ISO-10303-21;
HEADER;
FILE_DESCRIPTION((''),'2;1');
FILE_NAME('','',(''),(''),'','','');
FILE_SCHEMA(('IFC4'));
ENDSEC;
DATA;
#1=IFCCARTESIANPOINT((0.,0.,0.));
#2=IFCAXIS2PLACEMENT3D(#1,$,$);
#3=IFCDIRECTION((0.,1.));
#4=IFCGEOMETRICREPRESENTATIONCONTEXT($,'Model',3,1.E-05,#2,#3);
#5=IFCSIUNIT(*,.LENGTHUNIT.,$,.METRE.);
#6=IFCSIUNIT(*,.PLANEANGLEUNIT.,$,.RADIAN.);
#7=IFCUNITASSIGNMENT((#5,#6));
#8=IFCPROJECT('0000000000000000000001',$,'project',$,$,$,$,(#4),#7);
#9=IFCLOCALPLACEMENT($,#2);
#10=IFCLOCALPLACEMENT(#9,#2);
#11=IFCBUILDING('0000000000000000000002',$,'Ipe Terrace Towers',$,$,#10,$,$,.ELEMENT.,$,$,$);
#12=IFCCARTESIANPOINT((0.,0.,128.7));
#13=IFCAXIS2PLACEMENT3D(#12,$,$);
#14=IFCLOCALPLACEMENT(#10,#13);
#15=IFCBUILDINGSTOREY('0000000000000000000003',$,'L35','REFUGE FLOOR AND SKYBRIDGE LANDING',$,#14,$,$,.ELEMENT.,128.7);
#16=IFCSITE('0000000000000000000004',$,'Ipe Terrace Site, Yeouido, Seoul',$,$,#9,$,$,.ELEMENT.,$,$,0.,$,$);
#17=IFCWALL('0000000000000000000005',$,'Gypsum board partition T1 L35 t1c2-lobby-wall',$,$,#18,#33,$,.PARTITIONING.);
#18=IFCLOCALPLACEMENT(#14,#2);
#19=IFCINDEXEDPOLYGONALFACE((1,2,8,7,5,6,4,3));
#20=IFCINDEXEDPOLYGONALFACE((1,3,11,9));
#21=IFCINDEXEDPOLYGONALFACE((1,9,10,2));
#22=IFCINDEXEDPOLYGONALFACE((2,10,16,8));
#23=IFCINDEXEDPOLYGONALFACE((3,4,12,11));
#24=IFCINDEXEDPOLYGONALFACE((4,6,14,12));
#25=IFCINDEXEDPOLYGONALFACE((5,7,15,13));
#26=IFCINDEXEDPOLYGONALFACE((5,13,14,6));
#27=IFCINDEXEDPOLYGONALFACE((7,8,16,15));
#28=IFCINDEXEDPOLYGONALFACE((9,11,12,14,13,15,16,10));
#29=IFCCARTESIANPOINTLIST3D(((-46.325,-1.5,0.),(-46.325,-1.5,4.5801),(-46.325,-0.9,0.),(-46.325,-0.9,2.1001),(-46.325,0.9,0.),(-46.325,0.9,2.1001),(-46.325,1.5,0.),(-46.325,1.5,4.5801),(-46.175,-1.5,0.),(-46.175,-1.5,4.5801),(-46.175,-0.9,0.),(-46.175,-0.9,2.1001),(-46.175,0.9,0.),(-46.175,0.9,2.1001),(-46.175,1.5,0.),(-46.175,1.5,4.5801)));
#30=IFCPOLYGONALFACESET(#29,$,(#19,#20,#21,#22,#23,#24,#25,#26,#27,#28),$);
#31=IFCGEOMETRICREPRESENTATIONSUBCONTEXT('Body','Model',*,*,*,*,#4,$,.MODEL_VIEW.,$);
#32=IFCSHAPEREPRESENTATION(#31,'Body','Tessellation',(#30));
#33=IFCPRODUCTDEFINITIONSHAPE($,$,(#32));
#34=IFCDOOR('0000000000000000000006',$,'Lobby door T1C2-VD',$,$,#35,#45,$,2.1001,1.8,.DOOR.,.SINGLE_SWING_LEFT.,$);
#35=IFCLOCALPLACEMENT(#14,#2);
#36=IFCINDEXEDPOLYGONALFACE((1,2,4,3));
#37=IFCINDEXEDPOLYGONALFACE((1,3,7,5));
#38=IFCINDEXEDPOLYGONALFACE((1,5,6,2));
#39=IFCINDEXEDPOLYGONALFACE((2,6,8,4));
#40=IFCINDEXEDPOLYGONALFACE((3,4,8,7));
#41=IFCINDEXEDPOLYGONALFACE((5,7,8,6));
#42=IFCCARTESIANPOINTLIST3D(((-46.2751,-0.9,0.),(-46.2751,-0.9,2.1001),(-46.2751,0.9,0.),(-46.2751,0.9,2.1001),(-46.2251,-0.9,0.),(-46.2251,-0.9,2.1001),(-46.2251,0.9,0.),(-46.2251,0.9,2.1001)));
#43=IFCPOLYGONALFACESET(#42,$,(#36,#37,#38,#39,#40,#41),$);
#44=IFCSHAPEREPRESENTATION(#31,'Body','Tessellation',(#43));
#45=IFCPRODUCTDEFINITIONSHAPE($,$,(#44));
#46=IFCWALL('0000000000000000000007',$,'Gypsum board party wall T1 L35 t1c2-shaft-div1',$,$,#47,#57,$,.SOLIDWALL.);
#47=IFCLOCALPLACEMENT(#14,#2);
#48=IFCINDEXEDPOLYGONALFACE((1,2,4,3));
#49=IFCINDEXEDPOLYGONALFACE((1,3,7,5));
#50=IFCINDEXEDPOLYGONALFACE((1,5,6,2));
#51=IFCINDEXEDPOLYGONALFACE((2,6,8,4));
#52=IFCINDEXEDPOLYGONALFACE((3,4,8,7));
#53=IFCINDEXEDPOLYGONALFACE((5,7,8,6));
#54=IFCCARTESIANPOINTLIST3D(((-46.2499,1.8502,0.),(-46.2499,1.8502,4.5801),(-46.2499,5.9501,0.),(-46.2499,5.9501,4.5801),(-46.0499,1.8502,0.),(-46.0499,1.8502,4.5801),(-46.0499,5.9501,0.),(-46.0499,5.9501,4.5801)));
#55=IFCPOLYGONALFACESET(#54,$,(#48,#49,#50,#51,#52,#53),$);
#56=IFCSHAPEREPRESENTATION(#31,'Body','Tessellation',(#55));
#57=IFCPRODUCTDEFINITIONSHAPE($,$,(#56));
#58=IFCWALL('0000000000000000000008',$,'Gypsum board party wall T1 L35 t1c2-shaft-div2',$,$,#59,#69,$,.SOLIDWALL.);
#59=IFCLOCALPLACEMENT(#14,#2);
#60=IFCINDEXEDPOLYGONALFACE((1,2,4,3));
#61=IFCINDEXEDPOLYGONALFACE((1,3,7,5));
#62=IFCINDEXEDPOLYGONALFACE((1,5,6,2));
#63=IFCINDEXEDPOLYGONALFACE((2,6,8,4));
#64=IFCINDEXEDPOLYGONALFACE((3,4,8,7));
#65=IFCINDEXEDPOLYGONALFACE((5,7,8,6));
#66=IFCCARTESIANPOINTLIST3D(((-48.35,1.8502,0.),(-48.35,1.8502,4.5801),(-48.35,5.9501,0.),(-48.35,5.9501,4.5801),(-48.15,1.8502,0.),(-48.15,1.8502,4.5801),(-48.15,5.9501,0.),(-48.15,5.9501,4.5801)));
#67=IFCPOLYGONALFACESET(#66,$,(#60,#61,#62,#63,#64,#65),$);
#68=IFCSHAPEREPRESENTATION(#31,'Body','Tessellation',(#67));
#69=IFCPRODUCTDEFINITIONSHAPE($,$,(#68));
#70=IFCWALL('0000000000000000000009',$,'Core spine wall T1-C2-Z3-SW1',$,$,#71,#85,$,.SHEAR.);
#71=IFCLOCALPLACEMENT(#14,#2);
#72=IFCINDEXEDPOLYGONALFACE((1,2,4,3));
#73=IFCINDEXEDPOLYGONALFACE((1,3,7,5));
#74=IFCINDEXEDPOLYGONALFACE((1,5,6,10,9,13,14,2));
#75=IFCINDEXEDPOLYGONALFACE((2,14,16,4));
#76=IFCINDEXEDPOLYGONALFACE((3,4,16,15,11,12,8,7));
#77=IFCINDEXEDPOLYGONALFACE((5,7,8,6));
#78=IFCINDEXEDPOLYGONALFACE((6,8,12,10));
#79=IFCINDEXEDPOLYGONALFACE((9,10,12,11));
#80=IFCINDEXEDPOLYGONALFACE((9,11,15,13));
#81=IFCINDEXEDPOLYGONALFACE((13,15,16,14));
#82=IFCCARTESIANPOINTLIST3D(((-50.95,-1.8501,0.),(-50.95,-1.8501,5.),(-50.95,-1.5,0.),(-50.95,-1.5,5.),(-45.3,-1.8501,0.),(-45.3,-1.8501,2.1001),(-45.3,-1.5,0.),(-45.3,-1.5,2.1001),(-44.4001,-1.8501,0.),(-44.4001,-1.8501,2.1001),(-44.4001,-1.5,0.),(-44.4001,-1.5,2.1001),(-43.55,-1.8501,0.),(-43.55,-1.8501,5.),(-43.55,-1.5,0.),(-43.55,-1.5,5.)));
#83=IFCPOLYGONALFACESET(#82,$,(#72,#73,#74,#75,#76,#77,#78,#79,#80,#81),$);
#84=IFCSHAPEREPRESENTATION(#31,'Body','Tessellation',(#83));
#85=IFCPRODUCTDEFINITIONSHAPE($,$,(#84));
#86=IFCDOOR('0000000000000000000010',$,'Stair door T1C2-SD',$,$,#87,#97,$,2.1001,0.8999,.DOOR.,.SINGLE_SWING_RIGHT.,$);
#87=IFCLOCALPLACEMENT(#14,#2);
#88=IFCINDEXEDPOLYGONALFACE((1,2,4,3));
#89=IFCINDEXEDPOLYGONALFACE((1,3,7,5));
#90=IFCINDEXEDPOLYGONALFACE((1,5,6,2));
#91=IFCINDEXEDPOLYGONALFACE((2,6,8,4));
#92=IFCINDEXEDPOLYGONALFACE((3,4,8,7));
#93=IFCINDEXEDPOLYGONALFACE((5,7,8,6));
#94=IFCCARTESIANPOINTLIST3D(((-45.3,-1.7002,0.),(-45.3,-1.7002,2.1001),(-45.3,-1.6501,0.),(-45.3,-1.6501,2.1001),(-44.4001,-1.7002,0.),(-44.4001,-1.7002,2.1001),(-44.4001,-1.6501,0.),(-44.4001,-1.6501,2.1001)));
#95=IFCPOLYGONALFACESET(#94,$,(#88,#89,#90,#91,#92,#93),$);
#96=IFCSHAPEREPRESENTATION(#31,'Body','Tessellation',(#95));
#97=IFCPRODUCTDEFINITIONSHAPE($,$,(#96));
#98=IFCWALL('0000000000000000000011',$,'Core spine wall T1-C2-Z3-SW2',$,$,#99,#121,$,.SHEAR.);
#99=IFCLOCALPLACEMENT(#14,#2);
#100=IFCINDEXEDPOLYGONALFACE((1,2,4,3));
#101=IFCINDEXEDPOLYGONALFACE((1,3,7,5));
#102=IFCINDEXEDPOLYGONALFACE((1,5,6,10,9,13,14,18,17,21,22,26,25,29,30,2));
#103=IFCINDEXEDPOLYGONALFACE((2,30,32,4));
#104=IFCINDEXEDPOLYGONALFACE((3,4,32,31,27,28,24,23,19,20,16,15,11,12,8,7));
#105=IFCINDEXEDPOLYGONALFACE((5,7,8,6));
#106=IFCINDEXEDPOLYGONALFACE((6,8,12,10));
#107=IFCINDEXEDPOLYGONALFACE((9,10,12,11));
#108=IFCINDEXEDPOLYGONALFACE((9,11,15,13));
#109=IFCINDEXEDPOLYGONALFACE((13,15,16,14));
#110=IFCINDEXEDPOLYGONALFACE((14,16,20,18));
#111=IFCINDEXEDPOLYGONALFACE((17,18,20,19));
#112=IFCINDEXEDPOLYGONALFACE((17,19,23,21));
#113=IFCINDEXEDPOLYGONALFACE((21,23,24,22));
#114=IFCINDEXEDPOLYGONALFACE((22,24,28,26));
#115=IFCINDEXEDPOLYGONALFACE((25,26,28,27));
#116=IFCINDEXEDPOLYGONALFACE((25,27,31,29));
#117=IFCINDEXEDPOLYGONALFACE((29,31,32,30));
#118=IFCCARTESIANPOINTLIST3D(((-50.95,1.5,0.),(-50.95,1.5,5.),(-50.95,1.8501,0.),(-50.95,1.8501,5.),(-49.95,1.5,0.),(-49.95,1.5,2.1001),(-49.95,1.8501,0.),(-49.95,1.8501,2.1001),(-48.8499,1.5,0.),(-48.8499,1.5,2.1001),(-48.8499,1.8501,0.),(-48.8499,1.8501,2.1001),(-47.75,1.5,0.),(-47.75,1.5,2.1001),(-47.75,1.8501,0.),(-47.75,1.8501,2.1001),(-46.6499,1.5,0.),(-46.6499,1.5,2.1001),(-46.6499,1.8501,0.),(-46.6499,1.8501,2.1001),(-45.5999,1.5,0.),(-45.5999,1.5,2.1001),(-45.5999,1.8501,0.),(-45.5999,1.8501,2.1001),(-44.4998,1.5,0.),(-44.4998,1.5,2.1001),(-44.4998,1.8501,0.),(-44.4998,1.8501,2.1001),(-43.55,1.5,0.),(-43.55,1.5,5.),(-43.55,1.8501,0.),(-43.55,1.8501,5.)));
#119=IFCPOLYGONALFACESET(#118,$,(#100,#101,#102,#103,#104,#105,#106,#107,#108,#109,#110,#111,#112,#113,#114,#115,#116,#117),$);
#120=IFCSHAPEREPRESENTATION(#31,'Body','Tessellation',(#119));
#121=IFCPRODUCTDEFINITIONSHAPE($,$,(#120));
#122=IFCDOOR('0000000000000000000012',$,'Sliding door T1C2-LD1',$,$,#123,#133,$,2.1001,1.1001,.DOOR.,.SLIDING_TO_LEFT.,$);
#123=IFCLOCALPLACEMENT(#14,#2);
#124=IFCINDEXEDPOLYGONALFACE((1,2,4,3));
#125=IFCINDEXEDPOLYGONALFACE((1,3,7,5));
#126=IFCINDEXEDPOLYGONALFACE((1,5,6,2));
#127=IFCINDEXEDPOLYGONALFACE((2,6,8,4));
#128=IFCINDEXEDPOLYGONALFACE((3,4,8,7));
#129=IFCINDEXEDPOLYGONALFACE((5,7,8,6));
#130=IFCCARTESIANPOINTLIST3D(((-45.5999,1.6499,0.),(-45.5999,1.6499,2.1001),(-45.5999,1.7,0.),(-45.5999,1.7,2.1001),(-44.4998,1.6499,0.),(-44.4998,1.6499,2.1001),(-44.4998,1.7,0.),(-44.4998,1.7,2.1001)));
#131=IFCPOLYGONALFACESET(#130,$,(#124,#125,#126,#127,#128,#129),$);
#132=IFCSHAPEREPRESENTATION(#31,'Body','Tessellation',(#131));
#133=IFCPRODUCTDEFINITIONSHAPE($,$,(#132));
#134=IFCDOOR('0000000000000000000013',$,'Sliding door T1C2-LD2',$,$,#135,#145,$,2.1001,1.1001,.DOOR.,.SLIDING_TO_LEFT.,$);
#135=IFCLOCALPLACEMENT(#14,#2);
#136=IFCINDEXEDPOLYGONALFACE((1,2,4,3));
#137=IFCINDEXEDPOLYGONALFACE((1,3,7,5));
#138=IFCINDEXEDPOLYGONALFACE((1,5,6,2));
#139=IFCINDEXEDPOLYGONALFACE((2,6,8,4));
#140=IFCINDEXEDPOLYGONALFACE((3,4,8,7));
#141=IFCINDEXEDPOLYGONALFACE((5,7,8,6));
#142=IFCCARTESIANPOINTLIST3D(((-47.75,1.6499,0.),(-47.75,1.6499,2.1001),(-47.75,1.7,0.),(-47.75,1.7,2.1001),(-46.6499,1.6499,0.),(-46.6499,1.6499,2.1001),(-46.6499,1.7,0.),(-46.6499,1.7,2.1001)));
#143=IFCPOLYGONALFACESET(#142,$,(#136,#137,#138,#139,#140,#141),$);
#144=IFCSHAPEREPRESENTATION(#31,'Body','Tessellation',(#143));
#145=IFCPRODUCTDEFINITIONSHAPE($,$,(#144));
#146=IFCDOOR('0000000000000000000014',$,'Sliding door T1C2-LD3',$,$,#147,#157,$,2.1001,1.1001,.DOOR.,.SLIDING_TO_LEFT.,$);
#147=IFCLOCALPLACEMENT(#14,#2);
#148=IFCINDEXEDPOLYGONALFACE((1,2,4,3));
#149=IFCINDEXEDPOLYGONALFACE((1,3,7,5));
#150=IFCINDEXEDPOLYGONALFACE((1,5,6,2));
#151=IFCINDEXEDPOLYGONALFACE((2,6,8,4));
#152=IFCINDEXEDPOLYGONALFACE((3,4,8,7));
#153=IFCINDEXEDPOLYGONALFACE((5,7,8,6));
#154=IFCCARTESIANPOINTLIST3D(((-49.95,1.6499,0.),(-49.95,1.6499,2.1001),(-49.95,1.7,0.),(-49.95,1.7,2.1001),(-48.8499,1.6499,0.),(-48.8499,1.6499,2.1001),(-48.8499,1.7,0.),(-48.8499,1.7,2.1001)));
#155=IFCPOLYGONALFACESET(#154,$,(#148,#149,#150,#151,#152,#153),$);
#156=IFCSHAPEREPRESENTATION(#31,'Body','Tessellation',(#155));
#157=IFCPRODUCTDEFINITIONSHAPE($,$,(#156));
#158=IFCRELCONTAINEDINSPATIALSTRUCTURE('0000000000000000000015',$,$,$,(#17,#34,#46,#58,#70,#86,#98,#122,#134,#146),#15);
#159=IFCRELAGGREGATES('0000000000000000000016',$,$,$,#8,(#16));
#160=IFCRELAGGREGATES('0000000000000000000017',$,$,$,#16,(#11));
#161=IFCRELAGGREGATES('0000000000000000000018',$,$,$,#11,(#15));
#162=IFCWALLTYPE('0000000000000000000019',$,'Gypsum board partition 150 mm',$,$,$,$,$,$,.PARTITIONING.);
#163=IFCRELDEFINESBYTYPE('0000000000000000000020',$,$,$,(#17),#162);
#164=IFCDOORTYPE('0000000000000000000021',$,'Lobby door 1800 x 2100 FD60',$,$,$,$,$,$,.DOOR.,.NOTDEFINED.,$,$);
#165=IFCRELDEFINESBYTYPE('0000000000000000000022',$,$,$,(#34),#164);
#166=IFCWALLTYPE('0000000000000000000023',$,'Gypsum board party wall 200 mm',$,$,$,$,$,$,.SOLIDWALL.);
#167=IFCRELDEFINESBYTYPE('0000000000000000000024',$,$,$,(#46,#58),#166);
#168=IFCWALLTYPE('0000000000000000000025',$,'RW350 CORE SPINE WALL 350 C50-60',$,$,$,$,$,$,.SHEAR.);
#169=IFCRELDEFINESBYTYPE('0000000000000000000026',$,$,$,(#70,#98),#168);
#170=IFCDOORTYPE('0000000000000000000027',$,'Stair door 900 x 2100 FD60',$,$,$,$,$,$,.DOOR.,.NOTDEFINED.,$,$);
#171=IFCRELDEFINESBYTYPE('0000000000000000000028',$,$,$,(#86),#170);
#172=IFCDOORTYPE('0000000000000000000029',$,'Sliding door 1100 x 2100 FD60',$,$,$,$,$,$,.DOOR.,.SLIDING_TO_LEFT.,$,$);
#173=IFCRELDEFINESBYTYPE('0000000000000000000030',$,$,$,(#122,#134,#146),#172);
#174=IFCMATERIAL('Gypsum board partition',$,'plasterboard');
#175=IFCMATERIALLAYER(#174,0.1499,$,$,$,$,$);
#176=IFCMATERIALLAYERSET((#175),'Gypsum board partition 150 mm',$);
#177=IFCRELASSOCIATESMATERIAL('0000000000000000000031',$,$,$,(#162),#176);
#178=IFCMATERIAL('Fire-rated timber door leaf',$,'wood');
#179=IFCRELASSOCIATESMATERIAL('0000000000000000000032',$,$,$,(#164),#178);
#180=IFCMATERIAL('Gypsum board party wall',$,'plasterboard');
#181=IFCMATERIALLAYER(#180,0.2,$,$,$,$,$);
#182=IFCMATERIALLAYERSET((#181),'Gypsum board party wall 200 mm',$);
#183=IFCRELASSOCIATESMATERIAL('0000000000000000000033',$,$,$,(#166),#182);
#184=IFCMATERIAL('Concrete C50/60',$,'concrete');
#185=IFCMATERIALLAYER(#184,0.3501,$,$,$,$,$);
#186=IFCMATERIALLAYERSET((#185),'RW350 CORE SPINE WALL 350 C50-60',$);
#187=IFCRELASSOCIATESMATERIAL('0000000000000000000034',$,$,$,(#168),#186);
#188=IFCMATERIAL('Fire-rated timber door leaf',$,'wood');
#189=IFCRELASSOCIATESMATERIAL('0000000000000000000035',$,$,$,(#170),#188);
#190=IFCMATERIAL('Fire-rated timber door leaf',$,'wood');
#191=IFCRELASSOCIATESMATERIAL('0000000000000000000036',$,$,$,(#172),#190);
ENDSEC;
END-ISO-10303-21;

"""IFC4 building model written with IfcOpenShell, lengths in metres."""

from ifc_helpers import new_model, si_unit, direction, frame, frame_2d, origin, place, context, subcontext, project, spatial, rectangle, extrude, material, layer, layer_set, type_object, element, fill, save


model = new_model("IFC4")

# Units and contexts
model_context = context("Model", 3, precision=1e-05, world=origin(), true_north=direction((0.0, 1.0)))
body_context = subcontext(model_context, "Body", "Model", "MODEL_VIEW")
ifc_project = project(units=[si_unit("LENGTHUNIT", "METRE"), si_unit("PLANEANGLEUNIT", "RADIAN")], contexts=[model_context])

# Site, building, storey
site_placement = place(None, origin())
site = spatial("IfcSite", under=ifc_project, at=site_placement, Name="Ipe Terrace Site, Yeouido, Seoul", CompositionType="ELEMENT", RefElevation=0.0)
building_placement = place(site_placement, origin())
building = spatial("IfcBuilding", under=site, at=building_placement, Name="Ipe Terrace Towers", CompositionType="ELEMENT")
storey_placement = place(building_placement, frame((0.0, 0.0, 128.7)))
storey = spatial("IfcBuildingStorey", under=building, at=storey_placement, Name="L35", Description="REFUGE FLOOR AND SKYBRIDGE LANDING", CompositionType="ELEMENT", Elevation=128.7)

# Wall, opening, door
ifc_material_1 = material(Name="Gypsum board partition", Category="plasterboard")
ifc_layer_1 = layer(ifc_material_1, 0.1499)
ifc_layer_set_1 = layer_set([ifc_layer_1], Name="Gypsum board partition 150 mm")
wall_type_1 = type_object("IfcWallType", Name="Gypsum board partition 150 mm", PredefinedType="PARTITIONING", material=ifc_layer_set_1)
wall_1_placement = place(storey_placement, frame((-46.25, 1.5, 0.0), z_axis=(0.0, 0.0, 1.0), x_axis=(0.0, -1.0, 0.0)))
wall_1 = element("IfcWall", 1, at=wall_1_placement, inside=storey, type_object=wall_type_1, Name="Gypsum board partition T1 L35 t1c2-lobby-wall", PredefinedType="PARTITIONING", context=body_context, shape_type="SweptSolid", body=[
    extrude(rectangle(XDim=3.0, YDim=0.1499, at=frame_2d((1.5, 0.0))), origin(), (0.0, 0.0, 1.0), 4.5801),
])
opening_1_placement = place(wall_1_placement, frame((0.6001, 0.0, 0.0)))
opening_1 = element("IfcOpeningElement", 2, at=opening_1_placement, cuts=wall_1, PredefinedType="OPENING", context=body_context, shape_type="SweptSolid", body=[
    extrude(rectangle(XDim=1.8, YDim=2.1001, at=frame_2d((0.8999, 1.05))), frame((0.0, 0.085, 0.0), z_axis=(0.0, -1.0, 0.0), x_axis=(1.0, 0.0, 0.0)), (0.0, 0.0, 1.0), 0.1699),
])
ifc_material_2 = material(Name="Fire-rated timber door leaf", Category="wood")
door_type_1 = type_object("IfcDoorType", Name="Lobby door 1800 x 2100 FD60", OperationType="NOTDEFINED", PredefinedType="DOOR", material=ifc_material_2)
door_1_placement = place(opening_1_placement, origin())
door_1 = element("IfcDoor", 3, at=door_1_placement, inside=storey, type_object=door_type_1, Name="Lobby door T1C2-VD", OperationType="SINGLE_SWING_LEFT", OverallHeight=2.1001, OverallWidth=1.8, PredefinedType="DOOR", context=body_context, shape_type="SweptSolid", body=[
    extrude(rectangle(XDim=1.8, YDim=2.1001, at=frame_2d((0.8999, 1.05))), frame((0.0, 0.0249, 0.0), z_axis=(0.0, -1.0, 0.0), x_axis=(1.0, 0.0, 0.0)), (0.0, 0.0, 1.0), 0.05),
])
fill(opening_1, door_1)

# Walls
ifc_material_3 = material(Name="Gypsum board party wall", Category="plasterboard")
ifc_layer_2 = layer(ifc_material_3, 0.2)
ifc_layer_set_2 = layer_set([ifc_layer_2], Name="Gypsum board party wall 200 mm")
wall_type_2 = type_object("IfcWallType", Name="Gypsum board party wall 200 mm", PredefinedType="SOLIDWALL", material=ifc_layer_set_2)
for number, where, z_axis, x_axis, name in (
    (4, (-46.1499, 5.95, 0.0), (0.0, 0.0, 1.0), (0.0, -1.0, 0.0), "Gypsum board party wall T1 L35 t1c2-shaft-div1"),
    (5, (-48.25, 5.95, 0.0), (0.0, 0.0, 1.0), (0.0, -1.0, 0.0), "Gypsum board party wall T1 L35 t1c2-shaft-div2"),
):
    element("IfcWall", number, at=place(storey_placement, frame(where, z_axis=z_axis, x_axis=x_axis)), inside=storey, type_object=wall_type_2, Name=name, PredefinedType="SOLIDWALL", context=body_context, shape_type="SweptSolid", body=[
        extrude(rectangle(XDim=4.0999, YDim=0.2, at=frame_2d((2.0498, 0.0))), origin(), (0.0, 0.0, 1.0), 4.5801),
    ])

# Wall, opening, door
ifc_material_4 = material(Name="Concrete C50/60", Category="concrete")
ifc_layer_3 = layer(ifc_material_4, 0.3501)
ifc_layer_set_3 = layer_set([ifc_layer_3], Name="RW350 CORE SPINE WALL 350 C50-60")
wall_type_3 = type_object("IfcWallType", Name="RW350 CORE SPINE WALL 350 C50-60", PredefinedType="SHEAR", material=ifc_layer_set_3)
wall_2_placement = place(storey_placement, frame((-50.95, -1.675, 0.0), z_axis=(0.0, 0.0, 1.0), x_axis=(1.0, 0.0, 0.0)))
wall_2 = element("IfcWall", 6, at=wall_2_placement, inside=storey, type_object=wall_type_3, Name="Core spine wall T1-C2-Z3-SW1", PredefinedType="SHEAR", context=body_context, shape_type="SweptSolid", body=[
    extrude(rectangle(XDim=7.3999, YDim=0.3501, at=frame_2d((3.7, 0.0))), origin(), (0.0, 0.0, 1.0), 5.0),
])
opening_2_placement = place(wall_2_placement, frame((5.6499, 0.0, 0.0)))
opening_2 = element("IfcOpeningElement", 7, at=opening_2_placement, cuts=wall_2, PredefinedType="OPENING", context=body_context, shape_type="SweptSolid", body=[
    extrude(rectangle(XDim=0.8999, YDim=2.1001, at=frame_2d((0.45, 1.05))), frame((0.0, 0.1851, 0.0), z_axis=(0.0, -1.0, 0.0), x_axis=(1.0, 0.0, 0.0)), (0.0, 0.0, 1.0), 0.3701),
])
ifc_material_5 = material(Name="Fire-rated timber door leaf", Category="wood")
door_type_2 = type_object("IfcDoorType", Name="Stair door 900 x 2100 FD60", OperationType="NOTDEFINED", PredefinedType="DOOR", material=ifc_material_5)
door_2_placement = place(opening_2_placement, origin())
door_2 = element("IfcDoor", 8, at=door_2_placement, inside=storey, type_object=door_type_2, Name="Stair door T1C2-SD", OperationType="SINGLE_SWING_RIGHT", OverallHeight=2.1001, OverallWidth=0.8999, PredefinedType="DOOR", context=body_context, shape_type="SweptSolid", body=[
    extrude(rectangle(XDim=0.8999, YDim=2.1001, at=frame_2d((0.45, 1.05))), frame((0.0, 0.0249, 0.0), z_axis=(0.0, -1.0, 0.0), x_axis=(1.0, 0.0, 0.0)), (0.0, 0.0, 1.0), 0.05),
])
fill(opening_2, door_2)

# Wall, openings, doors
wall_3_placement = place(storey_placement, frame((-50.95, 1.675, 0.0), z_axis=(0.0, 0.0, 1.0), x_axis=(1.0, 0.0, 0.0)))
wall_3 = element("IfcWall", 9, at=wall_3_placement, inside=storey, type_object=wall_type_3, Name="Core spine wall T1-C2-Z3-SW2", PredefinedType="SHEAR", context=body_context, shape_type="SweptSolid", body=[
    extrude(rectangle(XDim=7.3999, YDim=0.3501, at=frame_2d((3.7, 0.0))), origin(), (0.0, 0.0, 1.0), 5.0),
])
opening_3_placement = place(wall_3_placement, frame((5.3501, 0.0, 0.0)))
opening_3 = element("IfcOpeningElement", 10, at=opening_3_placement, cuts=wall_3, PredefinedType="OPENING", context=body_context, shape_type="SweptSolid", body=[
    extrude(rectangle(XDim=1.1001, YDim=2.1001, at=frame_2d((0.55, 1.05))), frame((0.0, 0.1851, 0.0), z_axis=(0.0, -1.0, 0.0), x_axis=(1.0, 0.0, 0.0)), (0.0, 0.0, 1.0), 0.3701),
])
opening_4_placement = place(wall_3_placement, frame((3.2, 0.0, 0.0)))
opening_4 = element("IfcOpeningElement", 11, at=opening_4_placement, cuts=wall_3, PredefinedType="OPENING", context=body_context, shape_type="SweptSolid", body=[
    extrude(rectangle(XDim=1.1001, YDim=2.1001, at=frame_2d((0.55, 1.05))), frame((0.0, 0.1851, 0.0), z_axis=(0.0, -1.0, 0.0), x_axis=(1.0, 0.0, 0.0)), (0.0, 0.0, 1.0), 0.3701),
])
opening_5_placement = place(wall_3_placement, frame((1.0, 0.0, 0.0)))
opening_5 = element("IfcOpeningElement", 12, at=opening_5_placement, cuts=wall_3, PredefinedType="OPENING", context=body_context, shape_type="SweptSolid", body=[
    extrude(rectangle(XDim=1.1001, YDim=2.1001, at=frame_2d((0.55, 1.05))), frame((0.0, 0.1851, 0.0), z_axis=(0.0, -1.0, 0.0), x_axis=(1.0, 0.0, 0.0)), (0.0, 0.0, 1.0), 0.3701),
])
ifc_material_6 = material(Name="Fire-rated timber door leaf", Category="wood")
door_type_3 = type_object("IfcDoorType", Name="Sliding door 1100 x 2100 FD60", OperationType="SLIDING_TO_LEFT", PredefinedType="DOOR", material=ifc_material_6)
door_3_placement = place(opening_3_placement, origin())
door_3 = element("IfcDoor", 13, at=door_3_placement, inside=storey, type_object=door_type_3, Name="Sliding door T1C2-LD1", OperationType="SLIDING_TO_LEFT", OverallHeight=2.1001, OverallWidth=1.1001, PredefinedType="DOOR", context=body_context, shape_type="SweptSolid", body=[
    extrude(rectangle(XDim=1.1001, YDim=2.1001, at=frame_2d((0.55, 1.05))), frame((0.0, 0.0249, 0.0), z_axis=(0.0, -1.0, 0.0), x_axis=(1.0, 0.0, 0.0)), (0.0, 0.0, 1.0), 0.05),
])
fill(opening_3, door_3)
door_4_placement = place(opening_4_placement, origin())
door_4 = element("IfcDoor", 14, at=door_4_placement, inside=storey, type_object=door_type_3, Name="Sliding door T1C2-LD2", OperationType="SLIDING_TO_LEFT", OverallHeight=2.1001, OverallWidth=1.1001, PredefinedType="DOOR", context=body_context, shape_type="SweptSolid", body=[
    extrude(rectangle(XDim=1.1001, YDim=2.1001, at=frame_2d((0.55, 1.05))), frame((0.0, 0.0249, 0.0), z_axis=(0.0, -1.0, 0.0), x_axis=(1.0, 0.0, 0.0)), (0.0, 0.0, 1.0), 0.05),
])
fill(opening_4, door_4)
door_5_placement = place(opening_5_placement, origin())
door_5 = element("IfcDoor", 15, at=door_5_placement, inside=storey, type_object=door_type_3, Name="Sliding door T1C2-LD3", OperationType="SLIDING_TO_LEFT", OverallHeight=2.1001, OverallWidth=1.1001, PredefinedType="DOOR", context=body_context, shape_type="SweptSolid", body=[
    extrude(rectangle(XDim=1.1001, YDim=2.1001, at=frame_2d((0.55, 1.05))), frame((0.0, 0.0249, 0.0), z_axis=(0.0, -1.0, 0.0), x_axis=(1.0, 0.0, 0.0)), (0.0, 0.0, 1.0), 0.05),
])
fill(opening_5, door_5)

save(model, "model.ifc")
